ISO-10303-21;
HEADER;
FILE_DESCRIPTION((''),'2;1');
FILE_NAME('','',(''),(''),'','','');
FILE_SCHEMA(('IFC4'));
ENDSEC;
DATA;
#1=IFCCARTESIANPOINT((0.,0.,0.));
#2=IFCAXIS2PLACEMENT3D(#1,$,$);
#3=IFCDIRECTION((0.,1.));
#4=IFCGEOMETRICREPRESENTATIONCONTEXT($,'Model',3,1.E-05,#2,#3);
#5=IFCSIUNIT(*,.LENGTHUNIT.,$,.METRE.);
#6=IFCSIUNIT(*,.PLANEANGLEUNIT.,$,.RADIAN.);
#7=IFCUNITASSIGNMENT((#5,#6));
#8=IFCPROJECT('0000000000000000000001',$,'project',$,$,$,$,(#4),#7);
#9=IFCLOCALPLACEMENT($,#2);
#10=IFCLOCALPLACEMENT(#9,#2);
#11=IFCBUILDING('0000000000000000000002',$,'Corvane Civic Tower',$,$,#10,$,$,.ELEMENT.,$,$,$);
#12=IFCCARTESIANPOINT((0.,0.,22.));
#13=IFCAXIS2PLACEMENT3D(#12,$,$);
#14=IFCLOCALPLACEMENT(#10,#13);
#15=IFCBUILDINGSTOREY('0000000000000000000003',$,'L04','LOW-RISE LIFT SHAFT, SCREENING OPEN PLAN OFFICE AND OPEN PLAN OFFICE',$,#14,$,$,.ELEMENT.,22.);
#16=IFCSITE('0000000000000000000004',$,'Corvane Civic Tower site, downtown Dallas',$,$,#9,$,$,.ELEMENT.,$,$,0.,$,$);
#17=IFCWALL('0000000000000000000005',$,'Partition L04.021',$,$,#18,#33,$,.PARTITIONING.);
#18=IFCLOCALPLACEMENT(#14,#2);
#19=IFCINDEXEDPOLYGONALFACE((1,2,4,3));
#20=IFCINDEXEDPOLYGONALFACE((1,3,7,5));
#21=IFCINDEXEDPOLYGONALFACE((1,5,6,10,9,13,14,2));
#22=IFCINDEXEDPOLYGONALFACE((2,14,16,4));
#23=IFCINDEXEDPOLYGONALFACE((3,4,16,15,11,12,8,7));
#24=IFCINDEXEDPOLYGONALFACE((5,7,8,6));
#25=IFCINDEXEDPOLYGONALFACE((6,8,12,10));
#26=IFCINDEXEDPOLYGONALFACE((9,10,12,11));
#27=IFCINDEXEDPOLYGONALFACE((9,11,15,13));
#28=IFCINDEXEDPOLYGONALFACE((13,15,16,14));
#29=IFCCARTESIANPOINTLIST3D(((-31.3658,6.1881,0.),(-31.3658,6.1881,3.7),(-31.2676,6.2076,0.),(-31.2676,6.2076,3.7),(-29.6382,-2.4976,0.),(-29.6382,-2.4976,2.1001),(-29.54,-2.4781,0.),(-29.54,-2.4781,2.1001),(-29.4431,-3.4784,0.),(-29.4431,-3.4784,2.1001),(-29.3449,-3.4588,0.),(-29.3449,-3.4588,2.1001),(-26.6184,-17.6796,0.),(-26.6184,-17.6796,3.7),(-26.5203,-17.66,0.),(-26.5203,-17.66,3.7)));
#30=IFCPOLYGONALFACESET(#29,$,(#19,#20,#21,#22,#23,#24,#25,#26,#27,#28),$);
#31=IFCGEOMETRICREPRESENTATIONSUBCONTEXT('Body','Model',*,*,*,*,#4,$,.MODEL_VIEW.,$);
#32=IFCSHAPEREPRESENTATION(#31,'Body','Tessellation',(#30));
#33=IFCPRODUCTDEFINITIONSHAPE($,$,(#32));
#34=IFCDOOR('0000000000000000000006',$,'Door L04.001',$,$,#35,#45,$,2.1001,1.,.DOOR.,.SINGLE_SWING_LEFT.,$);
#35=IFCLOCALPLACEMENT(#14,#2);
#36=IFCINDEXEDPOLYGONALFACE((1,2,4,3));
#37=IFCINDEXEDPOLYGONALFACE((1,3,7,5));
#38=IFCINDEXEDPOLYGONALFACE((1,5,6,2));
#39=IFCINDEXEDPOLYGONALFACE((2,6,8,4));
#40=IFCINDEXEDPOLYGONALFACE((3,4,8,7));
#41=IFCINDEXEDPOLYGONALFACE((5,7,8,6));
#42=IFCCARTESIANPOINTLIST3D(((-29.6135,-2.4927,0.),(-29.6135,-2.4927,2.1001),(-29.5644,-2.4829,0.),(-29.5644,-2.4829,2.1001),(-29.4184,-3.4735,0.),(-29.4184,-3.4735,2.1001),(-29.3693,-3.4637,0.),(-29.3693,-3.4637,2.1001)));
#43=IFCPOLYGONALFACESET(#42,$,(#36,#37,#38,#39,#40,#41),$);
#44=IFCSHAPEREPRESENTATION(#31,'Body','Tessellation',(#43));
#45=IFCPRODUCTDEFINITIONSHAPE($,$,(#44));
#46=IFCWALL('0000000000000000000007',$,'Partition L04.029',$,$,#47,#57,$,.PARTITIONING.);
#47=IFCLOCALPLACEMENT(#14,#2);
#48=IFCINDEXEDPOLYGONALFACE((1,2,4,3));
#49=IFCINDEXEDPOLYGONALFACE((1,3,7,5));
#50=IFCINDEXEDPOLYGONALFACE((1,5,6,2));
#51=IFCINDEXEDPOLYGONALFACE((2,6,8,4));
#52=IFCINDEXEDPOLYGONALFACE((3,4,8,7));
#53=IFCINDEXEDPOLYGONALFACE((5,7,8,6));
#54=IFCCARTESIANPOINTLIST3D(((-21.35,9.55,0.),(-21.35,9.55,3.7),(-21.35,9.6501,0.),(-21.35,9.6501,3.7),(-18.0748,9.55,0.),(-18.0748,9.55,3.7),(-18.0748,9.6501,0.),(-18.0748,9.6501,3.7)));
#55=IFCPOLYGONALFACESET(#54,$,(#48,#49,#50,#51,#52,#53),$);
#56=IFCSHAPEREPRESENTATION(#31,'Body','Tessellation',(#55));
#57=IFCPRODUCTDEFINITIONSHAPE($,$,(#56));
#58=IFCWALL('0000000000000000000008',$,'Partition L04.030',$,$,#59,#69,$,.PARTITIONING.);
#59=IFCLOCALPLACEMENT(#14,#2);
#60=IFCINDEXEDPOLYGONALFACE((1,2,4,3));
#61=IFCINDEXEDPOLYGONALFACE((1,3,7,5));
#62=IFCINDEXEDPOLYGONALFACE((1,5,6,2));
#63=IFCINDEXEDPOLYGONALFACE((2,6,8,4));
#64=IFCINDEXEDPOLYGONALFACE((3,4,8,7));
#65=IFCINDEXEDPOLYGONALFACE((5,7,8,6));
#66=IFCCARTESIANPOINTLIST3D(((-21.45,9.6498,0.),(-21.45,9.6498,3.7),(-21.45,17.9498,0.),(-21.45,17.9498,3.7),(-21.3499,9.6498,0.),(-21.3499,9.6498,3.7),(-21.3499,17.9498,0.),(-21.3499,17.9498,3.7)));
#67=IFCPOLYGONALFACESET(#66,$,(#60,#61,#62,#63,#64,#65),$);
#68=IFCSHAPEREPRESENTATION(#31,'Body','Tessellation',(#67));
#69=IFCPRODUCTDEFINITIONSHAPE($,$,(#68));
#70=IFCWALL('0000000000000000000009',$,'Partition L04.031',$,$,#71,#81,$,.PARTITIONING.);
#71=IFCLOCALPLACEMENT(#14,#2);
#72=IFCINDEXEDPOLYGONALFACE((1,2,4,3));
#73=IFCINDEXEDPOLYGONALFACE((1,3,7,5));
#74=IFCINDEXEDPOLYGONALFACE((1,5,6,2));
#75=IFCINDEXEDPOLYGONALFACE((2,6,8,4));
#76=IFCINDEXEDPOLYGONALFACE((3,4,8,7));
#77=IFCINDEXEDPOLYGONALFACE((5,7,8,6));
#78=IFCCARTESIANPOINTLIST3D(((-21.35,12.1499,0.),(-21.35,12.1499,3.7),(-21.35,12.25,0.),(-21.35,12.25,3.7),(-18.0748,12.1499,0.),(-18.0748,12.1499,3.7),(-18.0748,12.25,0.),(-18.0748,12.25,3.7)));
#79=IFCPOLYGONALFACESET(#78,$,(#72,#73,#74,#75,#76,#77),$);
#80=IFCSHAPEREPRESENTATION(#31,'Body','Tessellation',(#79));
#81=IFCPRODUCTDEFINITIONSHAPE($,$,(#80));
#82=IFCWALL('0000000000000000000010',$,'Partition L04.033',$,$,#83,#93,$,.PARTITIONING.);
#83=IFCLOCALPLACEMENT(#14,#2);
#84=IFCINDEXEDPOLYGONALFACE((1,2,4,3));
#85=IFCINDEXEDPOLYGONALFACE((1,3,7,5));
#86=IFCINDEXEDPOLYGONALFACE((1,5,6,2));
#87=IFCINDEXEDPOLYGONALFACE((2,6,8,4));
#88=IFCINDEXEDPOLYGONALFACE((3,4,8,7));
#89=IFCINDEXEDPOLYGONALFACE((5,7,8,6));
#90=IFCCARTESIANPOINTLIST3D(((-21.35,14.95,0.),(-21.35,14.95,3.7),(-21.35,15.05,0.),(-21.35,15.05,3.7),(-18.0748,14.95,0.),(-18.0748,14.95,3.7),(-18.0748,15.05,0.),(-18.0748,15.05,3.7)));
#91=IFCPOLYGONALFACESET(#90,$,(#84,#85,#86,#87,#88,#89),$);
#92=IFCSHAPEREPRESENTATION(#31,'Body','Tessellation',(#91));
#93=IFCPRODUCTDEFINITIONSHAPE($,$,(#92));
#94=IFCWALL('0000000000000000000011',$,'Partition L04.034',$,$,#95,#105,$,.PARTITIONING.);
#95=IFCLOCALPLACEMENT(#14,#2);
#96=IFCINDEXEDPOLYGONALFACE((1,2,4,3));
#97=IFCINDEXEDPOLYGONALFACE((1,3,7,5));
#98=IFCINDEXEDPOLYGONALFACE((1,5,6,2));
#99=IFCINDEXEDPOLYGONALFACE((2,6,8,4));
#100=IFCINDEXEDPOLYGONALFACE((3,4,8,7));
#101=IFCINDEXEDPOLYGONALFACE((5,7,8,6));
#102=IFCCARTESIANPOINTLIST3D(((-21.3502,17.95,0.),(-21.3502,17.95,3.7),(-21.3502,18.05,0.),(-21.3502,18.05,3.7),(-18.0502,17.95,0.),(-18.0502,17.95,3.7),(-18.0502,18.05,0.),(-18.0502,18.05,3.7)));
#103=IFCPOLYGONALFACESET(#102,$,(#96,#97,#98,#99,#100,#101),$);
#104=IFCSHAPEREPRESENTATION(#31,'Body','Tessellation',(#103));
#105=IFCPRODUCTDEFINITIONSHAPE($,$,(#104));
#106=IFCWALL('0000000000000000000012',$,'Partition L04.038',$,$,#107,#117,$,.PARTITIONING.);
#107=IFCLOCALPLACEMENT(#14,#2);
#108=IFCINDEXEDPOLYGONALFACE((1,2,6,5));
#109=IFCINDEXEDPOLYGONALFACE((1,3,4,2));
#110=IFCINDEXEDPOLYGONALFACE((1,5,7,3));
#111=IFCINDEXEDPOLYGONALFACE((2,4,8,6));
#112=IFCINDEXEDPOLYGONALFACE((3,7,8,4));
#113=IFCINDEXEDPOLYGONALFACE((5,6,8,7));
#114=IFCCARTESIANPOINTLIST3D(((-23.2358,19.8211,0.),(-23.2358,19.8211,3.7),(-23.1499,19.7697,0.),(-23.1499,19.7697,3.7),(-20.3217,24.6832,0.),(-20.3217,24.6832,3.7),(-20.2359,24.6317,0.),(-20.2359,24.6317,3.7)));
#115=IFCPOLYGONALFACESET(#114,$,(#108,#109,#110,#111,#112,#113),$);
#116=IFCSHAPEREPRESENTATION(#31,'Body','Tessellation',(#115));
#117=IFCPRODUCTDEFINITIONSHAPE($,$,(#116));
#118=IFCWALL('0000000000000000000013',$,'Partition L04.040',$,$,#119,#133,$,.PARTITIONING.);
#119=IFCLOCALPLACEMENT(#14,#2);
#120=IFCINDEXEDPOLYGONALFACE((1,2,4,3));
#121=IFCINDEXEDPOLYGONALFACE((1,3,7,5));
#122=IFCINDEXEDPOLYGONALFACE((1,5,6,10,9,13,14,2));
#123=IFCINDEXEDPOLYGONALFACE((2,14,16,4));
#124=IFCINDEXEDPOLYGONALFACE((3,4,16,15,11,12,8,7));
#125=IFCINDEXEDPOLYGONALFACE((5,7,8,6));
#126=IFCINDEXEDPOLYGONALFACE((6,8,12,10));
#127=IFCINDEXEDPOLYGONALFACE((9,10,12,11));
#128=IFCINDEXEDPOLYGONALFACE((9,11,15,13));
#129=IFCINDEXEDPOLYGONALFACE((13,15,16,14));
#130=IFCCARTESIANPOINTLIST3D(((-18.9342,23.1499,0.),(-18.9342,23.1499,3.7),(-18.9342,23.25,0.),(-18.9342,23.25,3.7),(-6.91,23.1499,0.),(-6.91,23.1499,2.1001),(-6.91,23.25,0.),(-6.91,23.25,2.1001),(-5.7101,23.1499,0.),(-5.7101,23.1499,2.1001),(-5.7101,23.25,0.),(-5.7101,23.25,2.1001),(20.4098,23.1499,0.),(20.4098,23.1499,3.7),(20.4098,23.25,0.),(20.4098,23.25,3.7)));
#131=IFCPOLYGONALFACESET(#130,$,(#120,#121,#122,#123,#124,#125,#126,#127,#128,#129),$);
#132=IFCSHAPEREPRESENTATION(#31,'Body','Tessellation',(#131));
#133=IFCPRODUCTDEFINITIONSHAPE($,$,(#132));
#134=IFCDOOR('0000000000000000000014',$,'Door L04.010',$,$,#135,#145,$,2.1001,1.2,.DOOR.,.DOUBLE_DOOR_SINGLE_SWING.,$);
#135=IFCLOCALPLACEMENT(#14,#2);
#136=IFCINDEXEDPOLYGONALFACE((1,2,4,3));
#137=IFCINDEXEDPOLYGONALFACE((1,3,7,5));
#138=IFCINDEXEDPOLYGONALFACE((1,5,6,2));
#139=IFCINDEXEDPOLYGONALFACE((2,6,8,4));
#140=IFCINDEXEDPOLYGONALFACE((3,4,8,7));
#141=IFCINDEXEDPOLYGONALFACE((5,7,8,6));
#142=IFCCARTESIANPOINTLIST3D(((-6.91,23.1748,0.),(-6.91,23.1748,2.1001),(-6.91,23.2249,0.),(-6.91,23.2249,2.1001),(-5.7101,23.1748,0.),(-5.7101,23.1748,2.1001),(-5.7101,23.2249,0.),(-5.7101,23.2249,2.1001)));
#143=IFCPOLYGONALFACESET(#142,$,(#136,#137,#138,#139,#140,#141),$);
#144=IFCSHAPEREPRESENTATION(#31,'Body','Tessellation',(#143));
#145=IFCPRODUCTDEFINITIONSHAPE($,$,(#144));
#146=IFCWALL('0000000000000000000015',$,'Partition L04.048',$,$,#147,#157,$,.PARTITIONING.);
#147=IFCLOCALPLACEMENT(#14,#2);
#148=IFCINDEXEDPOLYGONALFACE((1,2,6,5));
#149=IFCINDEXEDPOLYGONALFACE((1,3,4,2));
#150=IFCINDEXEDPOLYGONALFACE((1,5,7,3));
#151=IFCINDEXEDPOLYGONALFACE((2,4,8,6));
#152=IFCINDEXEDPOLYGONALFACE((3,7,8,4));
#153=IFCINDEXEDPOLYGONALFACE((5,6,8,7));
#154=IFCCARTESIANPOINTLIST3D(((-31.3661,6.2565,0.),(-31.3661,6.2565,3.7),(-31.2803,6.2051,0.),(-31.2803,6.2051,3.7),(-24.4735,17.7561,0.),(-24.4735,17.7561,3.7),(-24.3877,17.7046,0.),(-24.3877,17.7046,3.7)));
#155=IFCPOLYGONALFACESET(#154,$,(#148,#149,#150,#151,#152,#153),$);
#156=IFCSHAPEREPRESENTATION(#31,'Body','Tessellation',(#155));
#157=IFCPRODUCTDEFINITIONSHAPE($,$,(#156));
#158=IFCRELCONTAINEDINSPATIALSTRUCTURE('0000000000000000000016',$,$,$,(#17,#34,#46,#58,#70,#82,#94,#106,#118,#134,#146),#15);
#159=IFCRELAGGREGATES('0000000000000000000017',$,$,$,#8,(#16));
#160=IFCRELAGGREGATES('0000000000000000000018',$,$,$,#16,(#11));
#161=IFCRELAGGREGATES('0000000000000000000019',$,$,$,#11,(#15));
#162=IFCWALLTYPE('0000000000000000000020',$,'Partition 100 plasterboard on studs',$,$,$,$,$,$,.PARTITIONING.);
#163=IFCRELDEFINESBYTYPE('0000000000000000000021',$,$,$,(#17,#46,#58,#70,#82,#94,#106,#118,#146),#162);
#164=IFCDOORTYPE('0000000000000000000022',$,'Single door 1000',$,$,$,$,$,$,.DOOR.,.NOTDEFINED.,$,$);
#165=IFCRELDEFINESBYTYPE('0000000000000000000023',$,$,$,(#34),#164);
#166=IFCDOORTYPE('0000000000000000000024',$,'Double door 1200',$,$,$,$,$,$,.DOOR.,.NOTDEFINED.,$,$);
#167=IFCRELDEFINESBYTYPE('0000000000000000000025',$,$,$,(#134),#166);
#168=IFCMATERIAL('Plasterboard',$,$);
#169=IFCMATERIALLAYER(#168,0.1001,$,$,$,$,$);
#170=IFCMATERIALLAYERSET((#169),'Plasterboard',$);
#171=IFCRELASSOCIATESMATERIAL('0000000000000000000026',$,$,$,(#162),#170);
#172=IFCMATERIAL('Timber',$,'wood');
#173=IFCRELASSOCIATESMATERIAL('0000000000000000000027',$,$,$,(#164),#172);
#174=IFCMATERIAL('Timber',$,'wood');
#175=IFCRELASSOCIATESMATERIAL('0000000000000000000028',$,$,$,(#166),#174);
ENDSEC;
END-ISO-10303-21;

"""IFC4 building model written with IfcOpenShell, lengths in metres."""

from ifc_helpers import new_model, si_unit, direction, frame, frame_2d, origin, place, context, subcontext, project, spatial, rectangle, extrude, material, layer, layer_set, type_object, element, fill, save


model = new_model("IFC4")

# Units and contexts
model_context = context("Model", 3, precision=1e-05, world=origin(), true_north=direction((0.0, 1.0)))
body_context = subcontext(model_context, "Body", "Model", "MODEL_VIEW")
ifc_project = project(units=[si_unit("LENGTHUNIT", "METRE"), si_unit("PLANEANGLEUNIT", "RADIAN")], contexts=[model_context])

# Site, building, storey
site_placement = place(None, origin())
site = spatial("IfcSite", under=ifc_project, at=site_placement, Name="Corvane Civic Tower site, downtown Dallas", CompositionType="ELEMENT", RefElevation=0.0)
building_placement = place(site_placement, origin())
building = spatial("IfcBuilding", under=site, at=building_placement, Name="Corvane Civic Tower", CompositionType="ELEMENT")
storey_placement = place(building_placement, frame((0.0, 0.0, 22.0)))
storey = spatial("IfcBuildingStorey", under=building, at=storey_placement, Name="L04", Description="LOW-RISE LIFT SHAFT, SCREENING OPEN PLAN OFFICE AND OPEN PLAN OFFICE", CompositionType="ELEMENT", Elevation=22.0)

# Wall, opening, door
ifc_material_1 = material(Name="Plasterboard")
ifc_layer_1 = layer(ifc_material_1, 0.1001)
ifc_layer_set_1 = layer_set([ifc_layer_1], Name="Plasterboard")
wall_type_1 = type_object("IfcWallType", Name="Partition 100 plasterboard on studs", PredefinedType="PARTITIONING", material=ifc_layer_set_1)
wall_1_placement = place(storey_placement, frame((-31.3167, 6.1978, 0.0), z_axis=(0.0, 0.0, 1.0), x_axis=(0.19508, -0.980787, 0.0)))
wall_1 = element("IfcWall", 1, at=wall_1_placement, inside=storey, type_object=wall_type_1, Name="Partition L04.021", PredefinedType="PARTITIONING", context=body_context, shape_type="SweptSolid", body=[
    extrude(rectangle(XDim=24.3352, YDim=0.1001, at=frame_2d((12.1675, 0.0))), origin(), (0.0, 0.0, 1.0), 3.7),
])
opening_1_placement = place(wall_1_placement, frame((8.8557, 0.0, 0.0)))
opening_1 = element("IfcOpeningElement", 2, at=opening_1_placement, cuts=wall_1, PredefinedType="OPENING", context=body_context, shape_type="SweptSolid", body=[
    extrude(rectangle(XDim=1.0, YDim=2.1001, at=frame_2d((0.5, 1.05))), frame((0.0, 0.0601, 0.0), z_axis=(0.0, -1.0, 0.0), x_axis=(1.0, 0.0, 0.0)), (0.0, 0.0, 1.0), 0.1201),
])
ifc_material_2 = material(Name="Timber", Category="wood")
door_type_1 = type_object("IfcDoorType", Name="Single door 1000", OperationType="NOTDEFINED", PredefinedType="DOOR", material=ifc_material_2)
door_1_placement = place(opening_1_placement, frame((1.0, 0.0, 0.0), z_axis=(0.0, 0.0, 1.0), x_axis=(-1.0, 0.0, 0.0)))
door_1 = element("IfcDoor", 3, at=door_1_placement, inside=storey, type_object=door_type_1, Name="Door L04.001", OperationType="SINGLE_SWING_LEFT", OverallHeight=2.1001, OverallWidth=1.0, PredefinedType="DOOR", context=body_context, shape_type="SweptSolid", body=[
    extrude(rectangle(XDim=1.0, YDim=2.1001, at=frame_2d((0.5, 1.05))), frame((0.0, 0.0249, 0.0), z_axis=(0.0, -1.0, 0.0), x_axis=(1.0, 0.0, 0.0)), (0.0, 0.0, 1.0), 0.05),
])
fill(opening_1, door_1)

# Walls
wall_2_placement = place(storey_placement, frame((-21.3501, 9.6001, 0.0), z_axis=(0.0, 0.0, 1.0), x_axis=(1.0, 0.0, 0.0)))
element("IfcWall", 4, at=wall_2_placement, inside=storey, type_object=wall_type_1, Name="Partition L04.029", PredefinedType="PARTITIONING", context=body_context, shape_type="SweptSolid", body=[
    extrude(rectangle(XDim=3.2751, YDim=0.1001, at=frame_2d((1.6377, 0.0))), origin(), (0.0, 0.0, 1.0), 3.7),
])
wall_3_placement = place(storey_placement, frame((-21.3999, 9.6499, 0.0), z_axis=(0.0, 0.0, 1.0), x_axis=(0.0, 1.0, 0.0)))
element("IfcWall", 5, at=wall_3_placement, inside=storey, type_object=wall_type_1, Name="Partition L04.030", PredefinedType="PARTITIONING", context=body_context, shape_type="SweptSolid", body=[
    extrude(rectangle(XDim=8.3, YDim=0.1001, at=frame_2d((4.1499, 0.0))), origin(), (0.0, 0.0, 1.0), 3.7),
])
for number, where, z_axis, x_axis, name in (
    (6, (-21.3501, 12.2, 0.0), (0.0, 0.0, 1.0), (1.0, 0.0, 0.0), "Partition L04.031"),
    (7, (-21.3501, 15.0, 0.0), (0.0, 0.0, 1.0), (1.0, 0.0, 0.0), "Partition L04.033"),
):
    element("IfcWall", number, at=place(storey_placement, frame(where, z_axis=z_axis, x_axis=x_axis)), inside=storey, type_object=wall_type_1, Name=name, PredefinedType="PARTITIONING", context=body_context, shape_type="SweptSolid", body=[
        extrude(rectangle(XDim=3.2751, YDim=0.1001, at=frame_2d((1.6377, 0.0))), origin(), (0.0, 0.0, 1.0), 3.7),
    ])
wall_4_placement = place(storey_placement, frame((-21.3501, 18.0, 0.0), z_axis=(0.0, 0.0, 1.0), x_axis=(1.0, 0.0, 0.0)))
element("IfcWall", 8, at=wall_4_placement, inside=storey, type_object=wall_type_1, Name="Partition L04.034", PredefinedType="PARTITIONING", context=body_context, shape_type="SweptSolid", body=[
    extrude(rectangle(XDim=3.3, YDim=0.1001, at=frame_2d((1.6499, 0.0))), origin(), (0.0, 0.0, 1.0), 3.7),
])
wall_5_placement = place(storey_placement, frame((-23.1929, 19.7954, 0.0), z_axis=(0.0, 0.0, 1.0), x_axis=(0.514084, 0.85774, 0.0)))
element("IfcWall", 9, at=wall_5_placement, inside=storey, type_object=wall_type_1, Name="Partition L04.038", PredefinedType="PARTITIONING", context=body_context, shape_type="SweptSolid", body=[
    extrude(rectangle(XDim=5.6685, YDim=0.1001, at=frame_2d((2.8342, 0.0))), origin(), (0.0, 0.0, 1.0), 3.7),
])

# Wall, opening, door
wall_6_placement = place(storey_placement, frame((-18.9341, 23.2, 0.0), z_axis=(0.0, 0.0, 1.0), x_axis=(1.0, 0.0, 0.0)))
wall_6 = element("IfcWall", 10, at=wall_6_placement, inside=storey, type_object=wall_type_1, Name="Partition L04.040", PredefinedType="PARTITIONING", context=body_context, shape_type="SweptSolid", body=[
    extrude(rectangle(XDim=39.344, YDim=0.1001, at=frame_2d((19.6719, 0.0))), origin(), (0.0, 0.0, 1.0), 3.7),
])
opening_2_placement = place(wall_6_placement, frame((12.0239, 0.0, 0.0)))
opening_2 = element("IfcOpeningElement", 11, at=opening_2_placement, cuts=wall_6, PredefinedType="OPENING", context=body_context, shape_type="SweptSolid", body=[
    extrude(rectangle(XDim=1.2, YDim=2.1001, at=frame_2d((0.6001, 1.05))), frame((0.0, 0.0601, 0.0), z_axis=(0.0, -1.0, 0.0), x_axis=(1.0, 0.0, 0.0)), (0.0, 0.0, 1.0), 0.1201),
])
ifc_material_3 = material(Name="Timber", Category="wood")
door_type_2 = type_object("IfcDoorType", Name="Double door 1200", OperationType="NOTDEFINED", PredefinedType="DOOR", material=ifc_material_3)
door_2_placement = place(opening_2_placement, origin())
door_2 = element("IfcDoor", 12, at=door_2_placement, inside=storey, type_object=door_type_2, Name="Door L04.010", OperationType="DOUBLE_DOOR_SINGLE_SWING", OverallHeight=2.1001, OverallWidth=1.2, PredefinedType="DOOR", context=body_context, shape_type="SweptSolid", body=[
    extrude(rectangle(XDim=1.2, YDim=2.1001, at=frame_2d((0.6001, 1.05))), frame((0.0, 0.0249, 0.0), z_axis=(0.0, -1.0, 0.0), x_axis=(1.0, 0.0, 0.0)), (0.0, 0.0, 1.0), 0.05),
])
fill(opening_2, door_2)

# Wall
wall_7_placement = place(storey_placement, frame((-31.3232, 6.2307, 0.0), z_axis=(0.0, 0.0, 1.0), x_axis=(0.514105, 0.857727, 0.0)))
element("IfcWall", 13, at=wall_7_placement, inside=storey, type_object=wall_type_1, Name="Partition L04.048", PredefinedType="PARTITIONING", context=body_context, shape_type="SweptSolid", body=[
    extrude(rectangle(XDim=13.407, YDim=0.1001, at=frame_2d((6.7036, 0.0))), origin(), (0.0, 0.0, 1.0), 3.7),
])

save(model, "model.ifc")
